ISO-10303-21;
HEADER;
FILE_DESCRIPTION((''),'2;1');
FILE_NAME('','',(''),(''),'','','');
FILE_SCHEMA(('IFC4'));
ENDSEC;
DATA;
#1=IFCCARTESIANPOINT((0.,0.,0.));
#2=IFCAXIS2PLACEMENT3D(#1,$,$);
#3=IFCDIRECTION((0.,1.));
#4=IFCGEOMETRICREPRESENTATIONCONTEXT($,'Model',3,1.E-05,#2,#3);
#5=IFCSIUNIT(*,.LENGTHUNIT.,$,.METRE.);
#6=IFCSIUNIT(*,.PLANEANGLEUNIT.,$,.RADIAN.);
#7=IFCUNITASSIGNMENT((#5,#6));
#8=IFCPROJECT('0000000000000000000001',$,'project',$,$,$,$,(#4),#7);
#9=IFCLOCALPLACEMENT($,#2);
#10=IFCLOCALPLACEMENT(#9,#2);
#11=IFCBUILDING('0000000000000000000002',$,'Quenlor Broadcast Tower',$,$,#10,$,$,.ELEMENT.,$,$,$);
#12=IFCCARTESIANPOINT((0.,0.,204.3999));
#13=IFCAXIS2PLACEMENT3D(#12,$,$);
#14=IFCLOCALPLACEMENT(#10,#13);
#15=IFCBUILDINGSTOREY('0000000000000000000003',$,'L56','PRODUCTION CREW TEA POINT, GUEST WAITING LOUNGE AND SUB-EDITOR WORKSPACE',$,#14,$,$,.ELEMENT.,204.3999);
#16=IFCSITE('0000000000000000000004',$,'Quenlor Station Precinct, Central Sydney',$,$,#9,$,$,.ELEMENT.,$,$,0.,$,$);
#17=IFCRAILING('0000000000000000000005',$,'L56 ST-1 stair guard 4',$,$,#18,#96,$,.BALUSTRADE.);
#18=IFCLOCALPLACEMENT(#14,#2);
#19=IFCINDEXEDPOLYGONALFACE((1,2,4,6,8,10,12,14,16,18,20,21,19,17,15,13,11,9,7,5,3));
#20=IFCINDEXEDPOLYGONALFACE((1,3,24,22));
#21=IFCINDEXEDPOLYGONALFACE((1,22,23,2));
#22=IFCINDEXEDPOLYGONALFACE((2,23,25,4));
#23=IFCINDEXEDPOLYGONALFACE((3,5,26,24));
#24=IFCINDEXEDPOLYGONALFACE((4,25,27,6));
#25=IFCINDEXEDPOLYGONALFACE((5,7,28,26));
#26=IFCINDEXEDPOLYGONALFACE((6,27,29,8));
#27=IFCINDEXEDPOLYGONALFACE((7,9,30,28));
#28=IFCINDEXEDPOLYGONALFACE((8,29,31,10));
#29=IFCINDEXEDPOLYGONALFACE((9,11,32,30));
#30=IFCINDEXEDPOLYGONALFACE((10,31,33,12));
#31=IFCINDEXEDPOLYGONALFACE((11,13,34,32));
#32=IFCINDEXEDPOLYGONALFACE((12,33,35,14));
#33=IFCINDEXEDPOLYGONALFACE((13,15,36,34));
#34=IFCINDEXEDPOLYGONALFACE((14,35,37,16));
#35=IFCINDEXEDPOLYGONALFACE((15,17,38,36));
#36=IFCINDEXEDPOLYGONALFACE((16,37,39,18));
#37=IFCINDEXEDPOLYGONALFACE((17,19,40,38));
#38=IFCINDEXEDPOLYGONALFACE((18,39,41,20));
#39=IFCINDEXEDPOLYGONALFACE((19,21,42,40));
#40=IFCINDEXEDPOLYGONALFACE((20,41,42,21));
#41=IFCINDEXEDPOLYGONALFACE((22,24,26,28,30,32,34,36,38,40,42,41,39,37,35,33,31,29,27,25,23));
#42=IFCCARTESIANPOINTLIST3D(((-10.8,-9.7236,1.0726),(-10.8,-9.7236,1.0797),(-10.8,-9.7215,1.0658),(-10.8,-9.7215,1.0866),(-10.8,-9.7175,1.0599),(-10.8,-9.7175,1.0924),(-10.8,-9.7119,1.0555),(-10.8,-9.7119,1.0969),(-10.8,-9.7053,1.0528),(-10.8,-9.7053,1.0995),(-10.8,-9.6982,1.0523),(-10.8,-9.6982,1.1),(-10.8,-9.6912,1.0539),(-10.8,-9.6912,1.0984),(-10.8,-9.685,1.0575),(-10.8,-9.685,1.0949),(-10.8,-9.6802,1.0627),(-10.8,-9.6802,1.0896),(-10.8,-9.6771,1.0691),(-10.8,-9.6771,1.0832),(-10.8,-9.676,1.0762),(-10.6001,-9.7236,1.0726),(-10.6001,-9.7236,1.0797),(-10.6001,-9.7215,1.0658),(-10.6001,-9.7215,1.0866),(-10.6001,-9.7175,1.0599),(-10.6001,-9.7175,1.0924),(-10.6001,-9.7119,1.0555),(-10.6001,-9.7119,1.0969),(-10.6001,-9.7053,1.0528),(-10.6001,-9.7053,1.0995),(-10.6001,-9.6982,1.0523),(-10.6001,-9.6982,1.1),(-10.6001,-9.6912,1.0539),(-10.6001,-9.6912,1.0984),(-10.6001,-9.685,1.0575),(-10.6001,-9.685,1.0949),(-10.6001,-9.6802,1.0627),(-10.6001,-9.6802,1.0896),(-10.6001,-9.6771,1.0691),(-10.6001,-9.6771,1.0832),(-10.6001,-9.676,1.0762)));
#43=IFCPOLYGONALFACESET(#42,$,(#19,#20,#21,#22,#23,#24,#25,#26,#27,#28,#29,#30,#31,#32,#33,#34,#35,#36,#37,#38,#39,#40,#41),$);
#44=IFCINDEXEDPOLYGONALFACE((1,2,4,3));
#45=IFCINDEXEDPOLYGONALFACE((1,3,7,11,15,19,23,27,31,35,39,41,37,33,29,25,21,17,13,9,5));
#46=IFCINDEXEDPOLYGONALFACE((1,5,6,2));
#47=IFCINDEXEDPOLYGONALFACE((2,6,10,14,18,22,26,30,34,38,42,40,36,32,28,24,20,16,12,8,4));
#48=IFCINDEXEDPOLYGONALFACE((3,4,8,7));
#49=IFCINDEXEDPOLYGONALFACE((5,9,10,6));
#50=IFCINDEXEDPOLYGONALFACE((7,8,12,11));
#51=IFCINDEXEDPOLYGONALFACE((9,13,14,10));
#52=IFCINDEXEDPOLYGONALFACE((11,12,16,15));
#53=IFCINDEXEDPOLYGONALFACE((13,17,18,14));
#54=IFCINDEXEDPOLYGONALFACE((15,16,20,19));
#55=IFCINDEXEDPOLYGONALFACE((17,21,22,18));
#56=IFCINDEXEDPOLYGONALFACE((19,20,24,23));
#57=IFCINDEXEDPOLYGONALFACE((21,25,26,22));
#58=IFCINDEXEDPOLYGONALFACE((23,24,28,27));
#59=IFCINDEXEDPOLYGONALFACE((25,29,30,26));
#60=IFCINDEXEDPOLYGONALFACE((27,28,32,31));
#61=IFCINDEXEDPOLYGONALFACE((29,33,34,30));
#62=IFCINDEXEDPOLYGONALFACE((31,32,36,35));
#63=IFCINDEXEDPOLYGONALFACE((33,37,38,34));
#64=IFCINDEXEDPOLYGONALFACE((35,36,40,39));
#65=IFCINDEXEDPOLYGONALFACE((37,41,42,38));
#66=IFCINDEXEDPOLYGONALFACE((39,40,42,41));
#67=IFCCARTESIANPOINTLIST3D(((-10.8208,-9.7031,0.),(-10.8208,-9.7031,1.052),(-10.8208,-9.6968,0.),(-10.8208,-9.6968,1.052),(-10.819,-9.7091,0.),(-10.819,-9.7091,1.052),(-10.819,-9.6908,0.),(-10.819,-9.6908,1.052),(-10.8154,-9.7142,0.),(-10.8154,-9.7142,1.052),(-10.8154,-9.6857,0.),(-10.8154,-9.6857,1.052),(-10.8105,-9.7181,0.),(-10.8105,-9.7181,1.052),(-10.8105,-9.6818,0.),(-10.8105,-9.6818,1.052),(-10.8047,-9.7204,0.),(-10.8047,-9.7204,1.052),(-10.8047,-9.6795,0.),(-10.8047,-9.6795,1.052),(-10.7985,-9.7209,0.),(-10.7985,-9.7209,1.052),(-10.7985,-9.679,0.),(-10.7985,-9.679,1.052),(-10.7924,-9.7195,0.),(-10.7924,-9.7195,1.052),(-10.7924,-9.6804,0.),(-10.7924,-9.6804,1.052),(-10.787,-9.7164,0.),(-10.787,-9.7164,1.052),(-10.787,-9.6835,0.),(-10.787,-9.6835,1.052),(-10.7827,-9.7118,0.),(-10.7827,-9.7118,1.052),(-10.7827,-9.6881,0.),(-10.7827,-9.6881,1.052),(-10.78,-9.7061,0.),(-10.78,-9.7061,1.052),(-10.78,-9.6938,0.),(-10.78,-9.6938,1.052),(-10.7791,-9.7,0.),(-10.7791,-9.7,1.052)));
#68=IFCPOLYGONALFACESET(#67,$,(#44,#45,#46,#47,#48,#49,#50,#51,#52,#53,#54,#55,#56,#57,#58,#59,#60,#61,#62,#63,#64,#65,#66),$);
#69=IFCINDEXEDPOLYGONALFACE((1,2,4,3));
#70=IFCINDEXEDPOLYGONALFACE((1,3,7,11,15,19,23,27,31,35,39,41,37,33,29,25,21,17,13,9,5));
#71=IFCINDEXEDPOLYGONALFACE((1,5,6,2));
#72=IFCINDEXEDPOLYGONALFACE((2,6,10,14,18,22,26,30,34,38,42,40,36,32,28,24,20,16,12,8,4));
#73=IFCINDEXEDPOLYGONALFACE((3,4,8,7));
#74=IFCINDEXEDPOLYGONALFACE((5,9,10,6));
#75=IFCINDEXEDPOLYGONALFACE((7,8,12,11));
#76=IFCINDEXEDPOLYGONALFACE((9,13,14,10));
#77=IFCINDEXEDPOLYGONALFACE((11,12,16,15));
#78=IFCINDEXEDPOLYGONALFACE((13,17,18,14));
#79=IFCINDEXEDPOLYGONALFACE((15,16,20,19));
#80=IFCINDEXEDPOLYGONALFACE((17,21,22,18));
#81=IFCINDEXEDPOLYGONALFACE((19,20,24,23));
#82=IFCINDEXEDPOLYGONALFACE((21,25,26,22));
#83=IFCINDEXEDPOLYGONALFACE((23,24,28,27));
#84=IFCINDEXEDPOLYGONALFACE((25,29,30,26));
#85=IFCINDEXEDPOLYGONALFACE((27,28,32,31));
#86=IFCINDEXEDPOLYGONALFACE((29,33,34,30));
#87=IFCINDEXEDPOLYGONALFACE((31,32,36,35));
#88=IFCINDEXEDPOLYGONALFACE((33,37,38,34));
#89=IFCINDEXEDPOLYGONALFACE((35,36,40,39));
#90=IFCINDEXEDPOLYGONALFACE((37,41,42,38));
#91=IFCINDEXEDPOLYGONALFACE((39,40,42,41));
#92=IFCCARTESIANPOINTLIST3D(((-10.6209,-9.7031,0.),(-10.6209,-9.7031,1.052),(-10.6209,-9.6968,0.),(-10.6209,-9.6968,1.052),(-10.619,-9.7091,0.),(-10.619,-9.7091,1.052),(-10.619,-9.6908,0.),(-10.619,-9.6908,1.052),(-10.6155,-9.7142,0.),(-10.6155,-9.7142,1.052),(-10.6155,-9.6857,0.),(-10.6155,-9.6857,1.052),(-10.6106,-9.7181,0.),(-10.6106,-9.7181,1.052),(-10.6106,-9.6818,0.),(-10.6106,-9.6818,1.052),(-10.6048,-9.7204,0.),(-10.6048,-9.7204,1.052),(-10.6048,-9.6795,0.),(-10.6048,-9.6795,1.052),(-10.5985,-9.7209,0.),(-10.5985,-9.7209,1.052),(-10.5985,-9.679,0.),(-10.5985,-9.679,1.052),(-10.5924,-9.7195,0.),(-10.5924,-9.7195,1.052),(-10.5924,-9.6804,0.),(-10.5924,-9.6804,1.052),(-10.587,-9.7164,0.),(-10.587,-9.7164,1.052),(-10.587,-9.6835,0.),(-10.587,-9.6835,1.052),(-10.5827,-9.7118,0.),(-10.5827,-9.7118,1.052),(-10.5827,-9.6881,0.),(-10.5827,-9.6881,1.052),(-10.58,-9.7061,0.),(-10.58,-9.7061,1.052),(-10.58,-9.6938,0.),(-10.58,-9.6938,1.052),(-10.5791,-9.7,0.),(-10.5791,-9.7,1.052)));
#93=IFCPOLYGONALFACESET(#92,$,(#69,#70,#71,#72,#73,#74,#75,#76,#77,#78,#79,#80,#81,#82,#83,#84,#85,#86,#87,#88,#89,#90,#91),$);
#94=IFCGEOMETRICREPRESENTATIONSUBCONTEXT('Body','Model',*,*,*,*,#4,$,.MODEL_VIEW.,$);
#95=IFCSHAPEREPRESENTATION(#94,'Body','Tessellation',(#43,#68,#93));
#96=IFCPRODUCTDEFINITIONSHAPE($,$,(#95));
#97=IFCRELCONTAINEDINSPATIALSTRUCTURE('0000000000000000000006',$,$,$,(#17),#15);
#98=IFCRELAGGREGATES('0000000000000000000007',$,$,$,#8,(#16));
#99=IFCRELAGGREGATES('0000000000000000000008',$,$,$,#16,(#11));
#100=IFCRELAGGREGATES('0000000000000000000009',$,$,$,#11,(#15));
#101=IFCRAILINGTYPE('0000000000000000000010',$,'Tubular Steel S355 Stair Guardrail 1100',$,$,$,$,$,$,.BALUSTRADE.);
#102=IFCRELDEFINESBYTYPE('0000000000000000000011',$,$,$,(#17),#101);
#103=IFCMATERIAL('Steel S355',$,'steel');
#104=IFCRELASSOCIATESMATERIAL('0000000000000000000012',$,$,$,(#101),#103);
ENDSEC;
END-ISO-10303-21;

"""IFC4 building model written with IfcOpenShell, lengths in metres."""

from ifc_helpers import new_model, si_unit, direction, frame, origin, origin_2d, place, context, subcontext, project, spatial, circle, extrude, material, type_object, element, save


model = new_model("IFC4")

# Units and contexts
model_context = context("Model", 3, precision=1e-05, world=origin(), true_north=direction((0.0, 1.0)))
body_context = subcontext(model_context, "Body", "Model", "MODEL_VIEW")
ifc_project = project(units=[si_unit("LENGTHUNIT", "METRE"), si_unit("PLANEANGLEUNIT", "RADIAN")], contexts=[model_context])

# Site, building, storey
site_placement = place(None, origin())
site = spatial("IfcSite", under=ifc_project, at=site_placement, Name="Quenlor Station Precinct, Central Sydney", CompositionType="ELEMENT", RefElevation=0.0)
building_placement = place(site_placement, origin())
building = spatial("IfcBuilding", under=site, at=building_placement, Name="Quenlor Broadcast Tower", CompositionType="ELEMENT")
storey_placement = place(building_placement, frame((0.0, 0.0, 204.3999)))
storey = spatial("IfcBuildingStorey", under=building, at=storey_placement, Name="L56", Description="PRODUCTION CREW TEA POINT, GUEST WAITING LOUNGE AND SUB-EDITOR WORKSPACE", CompositionType="ELEMENT", Elevation=204.3999)

# Railing
ifc_material_1 = material(Name="Steel S355", Category="steel")
railing_type_1 = type_object("IfcRailingType", Name="Tubular Steel S355 Stair Guardrail 1100", PredefinedType="BALUSTRADE", material=ifc_material_1)
railing_1_placement = place(storey_placement, frame((-10.8, -9.7, 0.0)))
element("IfcRailing", 1, at=railing_1_placement, inside=storey, type_object=railing_type_1, Name="L56 ST-1 stair guard 4", PredefinedType="BALUSTRADE", context=body_context, shape_type="SweptSolid", body=[
    extrude(circle(Radius=0.0239, at=origin_2d()), frame((0.0, 0.0, 1.0762), z_axis=(1.0, 0.0, 0.0), x_axis=(0.0, 1.0, 0.0)), (0.0, 0.0, 1.0), 0.2),
    extrude(circle(Radius=0.021, at=origin_2d()), origin(), (0.0, 0.0, 1.0), 1.052),
    extrude(circle(Radius=0.021, at=origin_2d()), frame((0.2, 0.0, 0.0)), (0.0, 0.0, 1.0), 1.052),
])

save(model, "model.ifc")
